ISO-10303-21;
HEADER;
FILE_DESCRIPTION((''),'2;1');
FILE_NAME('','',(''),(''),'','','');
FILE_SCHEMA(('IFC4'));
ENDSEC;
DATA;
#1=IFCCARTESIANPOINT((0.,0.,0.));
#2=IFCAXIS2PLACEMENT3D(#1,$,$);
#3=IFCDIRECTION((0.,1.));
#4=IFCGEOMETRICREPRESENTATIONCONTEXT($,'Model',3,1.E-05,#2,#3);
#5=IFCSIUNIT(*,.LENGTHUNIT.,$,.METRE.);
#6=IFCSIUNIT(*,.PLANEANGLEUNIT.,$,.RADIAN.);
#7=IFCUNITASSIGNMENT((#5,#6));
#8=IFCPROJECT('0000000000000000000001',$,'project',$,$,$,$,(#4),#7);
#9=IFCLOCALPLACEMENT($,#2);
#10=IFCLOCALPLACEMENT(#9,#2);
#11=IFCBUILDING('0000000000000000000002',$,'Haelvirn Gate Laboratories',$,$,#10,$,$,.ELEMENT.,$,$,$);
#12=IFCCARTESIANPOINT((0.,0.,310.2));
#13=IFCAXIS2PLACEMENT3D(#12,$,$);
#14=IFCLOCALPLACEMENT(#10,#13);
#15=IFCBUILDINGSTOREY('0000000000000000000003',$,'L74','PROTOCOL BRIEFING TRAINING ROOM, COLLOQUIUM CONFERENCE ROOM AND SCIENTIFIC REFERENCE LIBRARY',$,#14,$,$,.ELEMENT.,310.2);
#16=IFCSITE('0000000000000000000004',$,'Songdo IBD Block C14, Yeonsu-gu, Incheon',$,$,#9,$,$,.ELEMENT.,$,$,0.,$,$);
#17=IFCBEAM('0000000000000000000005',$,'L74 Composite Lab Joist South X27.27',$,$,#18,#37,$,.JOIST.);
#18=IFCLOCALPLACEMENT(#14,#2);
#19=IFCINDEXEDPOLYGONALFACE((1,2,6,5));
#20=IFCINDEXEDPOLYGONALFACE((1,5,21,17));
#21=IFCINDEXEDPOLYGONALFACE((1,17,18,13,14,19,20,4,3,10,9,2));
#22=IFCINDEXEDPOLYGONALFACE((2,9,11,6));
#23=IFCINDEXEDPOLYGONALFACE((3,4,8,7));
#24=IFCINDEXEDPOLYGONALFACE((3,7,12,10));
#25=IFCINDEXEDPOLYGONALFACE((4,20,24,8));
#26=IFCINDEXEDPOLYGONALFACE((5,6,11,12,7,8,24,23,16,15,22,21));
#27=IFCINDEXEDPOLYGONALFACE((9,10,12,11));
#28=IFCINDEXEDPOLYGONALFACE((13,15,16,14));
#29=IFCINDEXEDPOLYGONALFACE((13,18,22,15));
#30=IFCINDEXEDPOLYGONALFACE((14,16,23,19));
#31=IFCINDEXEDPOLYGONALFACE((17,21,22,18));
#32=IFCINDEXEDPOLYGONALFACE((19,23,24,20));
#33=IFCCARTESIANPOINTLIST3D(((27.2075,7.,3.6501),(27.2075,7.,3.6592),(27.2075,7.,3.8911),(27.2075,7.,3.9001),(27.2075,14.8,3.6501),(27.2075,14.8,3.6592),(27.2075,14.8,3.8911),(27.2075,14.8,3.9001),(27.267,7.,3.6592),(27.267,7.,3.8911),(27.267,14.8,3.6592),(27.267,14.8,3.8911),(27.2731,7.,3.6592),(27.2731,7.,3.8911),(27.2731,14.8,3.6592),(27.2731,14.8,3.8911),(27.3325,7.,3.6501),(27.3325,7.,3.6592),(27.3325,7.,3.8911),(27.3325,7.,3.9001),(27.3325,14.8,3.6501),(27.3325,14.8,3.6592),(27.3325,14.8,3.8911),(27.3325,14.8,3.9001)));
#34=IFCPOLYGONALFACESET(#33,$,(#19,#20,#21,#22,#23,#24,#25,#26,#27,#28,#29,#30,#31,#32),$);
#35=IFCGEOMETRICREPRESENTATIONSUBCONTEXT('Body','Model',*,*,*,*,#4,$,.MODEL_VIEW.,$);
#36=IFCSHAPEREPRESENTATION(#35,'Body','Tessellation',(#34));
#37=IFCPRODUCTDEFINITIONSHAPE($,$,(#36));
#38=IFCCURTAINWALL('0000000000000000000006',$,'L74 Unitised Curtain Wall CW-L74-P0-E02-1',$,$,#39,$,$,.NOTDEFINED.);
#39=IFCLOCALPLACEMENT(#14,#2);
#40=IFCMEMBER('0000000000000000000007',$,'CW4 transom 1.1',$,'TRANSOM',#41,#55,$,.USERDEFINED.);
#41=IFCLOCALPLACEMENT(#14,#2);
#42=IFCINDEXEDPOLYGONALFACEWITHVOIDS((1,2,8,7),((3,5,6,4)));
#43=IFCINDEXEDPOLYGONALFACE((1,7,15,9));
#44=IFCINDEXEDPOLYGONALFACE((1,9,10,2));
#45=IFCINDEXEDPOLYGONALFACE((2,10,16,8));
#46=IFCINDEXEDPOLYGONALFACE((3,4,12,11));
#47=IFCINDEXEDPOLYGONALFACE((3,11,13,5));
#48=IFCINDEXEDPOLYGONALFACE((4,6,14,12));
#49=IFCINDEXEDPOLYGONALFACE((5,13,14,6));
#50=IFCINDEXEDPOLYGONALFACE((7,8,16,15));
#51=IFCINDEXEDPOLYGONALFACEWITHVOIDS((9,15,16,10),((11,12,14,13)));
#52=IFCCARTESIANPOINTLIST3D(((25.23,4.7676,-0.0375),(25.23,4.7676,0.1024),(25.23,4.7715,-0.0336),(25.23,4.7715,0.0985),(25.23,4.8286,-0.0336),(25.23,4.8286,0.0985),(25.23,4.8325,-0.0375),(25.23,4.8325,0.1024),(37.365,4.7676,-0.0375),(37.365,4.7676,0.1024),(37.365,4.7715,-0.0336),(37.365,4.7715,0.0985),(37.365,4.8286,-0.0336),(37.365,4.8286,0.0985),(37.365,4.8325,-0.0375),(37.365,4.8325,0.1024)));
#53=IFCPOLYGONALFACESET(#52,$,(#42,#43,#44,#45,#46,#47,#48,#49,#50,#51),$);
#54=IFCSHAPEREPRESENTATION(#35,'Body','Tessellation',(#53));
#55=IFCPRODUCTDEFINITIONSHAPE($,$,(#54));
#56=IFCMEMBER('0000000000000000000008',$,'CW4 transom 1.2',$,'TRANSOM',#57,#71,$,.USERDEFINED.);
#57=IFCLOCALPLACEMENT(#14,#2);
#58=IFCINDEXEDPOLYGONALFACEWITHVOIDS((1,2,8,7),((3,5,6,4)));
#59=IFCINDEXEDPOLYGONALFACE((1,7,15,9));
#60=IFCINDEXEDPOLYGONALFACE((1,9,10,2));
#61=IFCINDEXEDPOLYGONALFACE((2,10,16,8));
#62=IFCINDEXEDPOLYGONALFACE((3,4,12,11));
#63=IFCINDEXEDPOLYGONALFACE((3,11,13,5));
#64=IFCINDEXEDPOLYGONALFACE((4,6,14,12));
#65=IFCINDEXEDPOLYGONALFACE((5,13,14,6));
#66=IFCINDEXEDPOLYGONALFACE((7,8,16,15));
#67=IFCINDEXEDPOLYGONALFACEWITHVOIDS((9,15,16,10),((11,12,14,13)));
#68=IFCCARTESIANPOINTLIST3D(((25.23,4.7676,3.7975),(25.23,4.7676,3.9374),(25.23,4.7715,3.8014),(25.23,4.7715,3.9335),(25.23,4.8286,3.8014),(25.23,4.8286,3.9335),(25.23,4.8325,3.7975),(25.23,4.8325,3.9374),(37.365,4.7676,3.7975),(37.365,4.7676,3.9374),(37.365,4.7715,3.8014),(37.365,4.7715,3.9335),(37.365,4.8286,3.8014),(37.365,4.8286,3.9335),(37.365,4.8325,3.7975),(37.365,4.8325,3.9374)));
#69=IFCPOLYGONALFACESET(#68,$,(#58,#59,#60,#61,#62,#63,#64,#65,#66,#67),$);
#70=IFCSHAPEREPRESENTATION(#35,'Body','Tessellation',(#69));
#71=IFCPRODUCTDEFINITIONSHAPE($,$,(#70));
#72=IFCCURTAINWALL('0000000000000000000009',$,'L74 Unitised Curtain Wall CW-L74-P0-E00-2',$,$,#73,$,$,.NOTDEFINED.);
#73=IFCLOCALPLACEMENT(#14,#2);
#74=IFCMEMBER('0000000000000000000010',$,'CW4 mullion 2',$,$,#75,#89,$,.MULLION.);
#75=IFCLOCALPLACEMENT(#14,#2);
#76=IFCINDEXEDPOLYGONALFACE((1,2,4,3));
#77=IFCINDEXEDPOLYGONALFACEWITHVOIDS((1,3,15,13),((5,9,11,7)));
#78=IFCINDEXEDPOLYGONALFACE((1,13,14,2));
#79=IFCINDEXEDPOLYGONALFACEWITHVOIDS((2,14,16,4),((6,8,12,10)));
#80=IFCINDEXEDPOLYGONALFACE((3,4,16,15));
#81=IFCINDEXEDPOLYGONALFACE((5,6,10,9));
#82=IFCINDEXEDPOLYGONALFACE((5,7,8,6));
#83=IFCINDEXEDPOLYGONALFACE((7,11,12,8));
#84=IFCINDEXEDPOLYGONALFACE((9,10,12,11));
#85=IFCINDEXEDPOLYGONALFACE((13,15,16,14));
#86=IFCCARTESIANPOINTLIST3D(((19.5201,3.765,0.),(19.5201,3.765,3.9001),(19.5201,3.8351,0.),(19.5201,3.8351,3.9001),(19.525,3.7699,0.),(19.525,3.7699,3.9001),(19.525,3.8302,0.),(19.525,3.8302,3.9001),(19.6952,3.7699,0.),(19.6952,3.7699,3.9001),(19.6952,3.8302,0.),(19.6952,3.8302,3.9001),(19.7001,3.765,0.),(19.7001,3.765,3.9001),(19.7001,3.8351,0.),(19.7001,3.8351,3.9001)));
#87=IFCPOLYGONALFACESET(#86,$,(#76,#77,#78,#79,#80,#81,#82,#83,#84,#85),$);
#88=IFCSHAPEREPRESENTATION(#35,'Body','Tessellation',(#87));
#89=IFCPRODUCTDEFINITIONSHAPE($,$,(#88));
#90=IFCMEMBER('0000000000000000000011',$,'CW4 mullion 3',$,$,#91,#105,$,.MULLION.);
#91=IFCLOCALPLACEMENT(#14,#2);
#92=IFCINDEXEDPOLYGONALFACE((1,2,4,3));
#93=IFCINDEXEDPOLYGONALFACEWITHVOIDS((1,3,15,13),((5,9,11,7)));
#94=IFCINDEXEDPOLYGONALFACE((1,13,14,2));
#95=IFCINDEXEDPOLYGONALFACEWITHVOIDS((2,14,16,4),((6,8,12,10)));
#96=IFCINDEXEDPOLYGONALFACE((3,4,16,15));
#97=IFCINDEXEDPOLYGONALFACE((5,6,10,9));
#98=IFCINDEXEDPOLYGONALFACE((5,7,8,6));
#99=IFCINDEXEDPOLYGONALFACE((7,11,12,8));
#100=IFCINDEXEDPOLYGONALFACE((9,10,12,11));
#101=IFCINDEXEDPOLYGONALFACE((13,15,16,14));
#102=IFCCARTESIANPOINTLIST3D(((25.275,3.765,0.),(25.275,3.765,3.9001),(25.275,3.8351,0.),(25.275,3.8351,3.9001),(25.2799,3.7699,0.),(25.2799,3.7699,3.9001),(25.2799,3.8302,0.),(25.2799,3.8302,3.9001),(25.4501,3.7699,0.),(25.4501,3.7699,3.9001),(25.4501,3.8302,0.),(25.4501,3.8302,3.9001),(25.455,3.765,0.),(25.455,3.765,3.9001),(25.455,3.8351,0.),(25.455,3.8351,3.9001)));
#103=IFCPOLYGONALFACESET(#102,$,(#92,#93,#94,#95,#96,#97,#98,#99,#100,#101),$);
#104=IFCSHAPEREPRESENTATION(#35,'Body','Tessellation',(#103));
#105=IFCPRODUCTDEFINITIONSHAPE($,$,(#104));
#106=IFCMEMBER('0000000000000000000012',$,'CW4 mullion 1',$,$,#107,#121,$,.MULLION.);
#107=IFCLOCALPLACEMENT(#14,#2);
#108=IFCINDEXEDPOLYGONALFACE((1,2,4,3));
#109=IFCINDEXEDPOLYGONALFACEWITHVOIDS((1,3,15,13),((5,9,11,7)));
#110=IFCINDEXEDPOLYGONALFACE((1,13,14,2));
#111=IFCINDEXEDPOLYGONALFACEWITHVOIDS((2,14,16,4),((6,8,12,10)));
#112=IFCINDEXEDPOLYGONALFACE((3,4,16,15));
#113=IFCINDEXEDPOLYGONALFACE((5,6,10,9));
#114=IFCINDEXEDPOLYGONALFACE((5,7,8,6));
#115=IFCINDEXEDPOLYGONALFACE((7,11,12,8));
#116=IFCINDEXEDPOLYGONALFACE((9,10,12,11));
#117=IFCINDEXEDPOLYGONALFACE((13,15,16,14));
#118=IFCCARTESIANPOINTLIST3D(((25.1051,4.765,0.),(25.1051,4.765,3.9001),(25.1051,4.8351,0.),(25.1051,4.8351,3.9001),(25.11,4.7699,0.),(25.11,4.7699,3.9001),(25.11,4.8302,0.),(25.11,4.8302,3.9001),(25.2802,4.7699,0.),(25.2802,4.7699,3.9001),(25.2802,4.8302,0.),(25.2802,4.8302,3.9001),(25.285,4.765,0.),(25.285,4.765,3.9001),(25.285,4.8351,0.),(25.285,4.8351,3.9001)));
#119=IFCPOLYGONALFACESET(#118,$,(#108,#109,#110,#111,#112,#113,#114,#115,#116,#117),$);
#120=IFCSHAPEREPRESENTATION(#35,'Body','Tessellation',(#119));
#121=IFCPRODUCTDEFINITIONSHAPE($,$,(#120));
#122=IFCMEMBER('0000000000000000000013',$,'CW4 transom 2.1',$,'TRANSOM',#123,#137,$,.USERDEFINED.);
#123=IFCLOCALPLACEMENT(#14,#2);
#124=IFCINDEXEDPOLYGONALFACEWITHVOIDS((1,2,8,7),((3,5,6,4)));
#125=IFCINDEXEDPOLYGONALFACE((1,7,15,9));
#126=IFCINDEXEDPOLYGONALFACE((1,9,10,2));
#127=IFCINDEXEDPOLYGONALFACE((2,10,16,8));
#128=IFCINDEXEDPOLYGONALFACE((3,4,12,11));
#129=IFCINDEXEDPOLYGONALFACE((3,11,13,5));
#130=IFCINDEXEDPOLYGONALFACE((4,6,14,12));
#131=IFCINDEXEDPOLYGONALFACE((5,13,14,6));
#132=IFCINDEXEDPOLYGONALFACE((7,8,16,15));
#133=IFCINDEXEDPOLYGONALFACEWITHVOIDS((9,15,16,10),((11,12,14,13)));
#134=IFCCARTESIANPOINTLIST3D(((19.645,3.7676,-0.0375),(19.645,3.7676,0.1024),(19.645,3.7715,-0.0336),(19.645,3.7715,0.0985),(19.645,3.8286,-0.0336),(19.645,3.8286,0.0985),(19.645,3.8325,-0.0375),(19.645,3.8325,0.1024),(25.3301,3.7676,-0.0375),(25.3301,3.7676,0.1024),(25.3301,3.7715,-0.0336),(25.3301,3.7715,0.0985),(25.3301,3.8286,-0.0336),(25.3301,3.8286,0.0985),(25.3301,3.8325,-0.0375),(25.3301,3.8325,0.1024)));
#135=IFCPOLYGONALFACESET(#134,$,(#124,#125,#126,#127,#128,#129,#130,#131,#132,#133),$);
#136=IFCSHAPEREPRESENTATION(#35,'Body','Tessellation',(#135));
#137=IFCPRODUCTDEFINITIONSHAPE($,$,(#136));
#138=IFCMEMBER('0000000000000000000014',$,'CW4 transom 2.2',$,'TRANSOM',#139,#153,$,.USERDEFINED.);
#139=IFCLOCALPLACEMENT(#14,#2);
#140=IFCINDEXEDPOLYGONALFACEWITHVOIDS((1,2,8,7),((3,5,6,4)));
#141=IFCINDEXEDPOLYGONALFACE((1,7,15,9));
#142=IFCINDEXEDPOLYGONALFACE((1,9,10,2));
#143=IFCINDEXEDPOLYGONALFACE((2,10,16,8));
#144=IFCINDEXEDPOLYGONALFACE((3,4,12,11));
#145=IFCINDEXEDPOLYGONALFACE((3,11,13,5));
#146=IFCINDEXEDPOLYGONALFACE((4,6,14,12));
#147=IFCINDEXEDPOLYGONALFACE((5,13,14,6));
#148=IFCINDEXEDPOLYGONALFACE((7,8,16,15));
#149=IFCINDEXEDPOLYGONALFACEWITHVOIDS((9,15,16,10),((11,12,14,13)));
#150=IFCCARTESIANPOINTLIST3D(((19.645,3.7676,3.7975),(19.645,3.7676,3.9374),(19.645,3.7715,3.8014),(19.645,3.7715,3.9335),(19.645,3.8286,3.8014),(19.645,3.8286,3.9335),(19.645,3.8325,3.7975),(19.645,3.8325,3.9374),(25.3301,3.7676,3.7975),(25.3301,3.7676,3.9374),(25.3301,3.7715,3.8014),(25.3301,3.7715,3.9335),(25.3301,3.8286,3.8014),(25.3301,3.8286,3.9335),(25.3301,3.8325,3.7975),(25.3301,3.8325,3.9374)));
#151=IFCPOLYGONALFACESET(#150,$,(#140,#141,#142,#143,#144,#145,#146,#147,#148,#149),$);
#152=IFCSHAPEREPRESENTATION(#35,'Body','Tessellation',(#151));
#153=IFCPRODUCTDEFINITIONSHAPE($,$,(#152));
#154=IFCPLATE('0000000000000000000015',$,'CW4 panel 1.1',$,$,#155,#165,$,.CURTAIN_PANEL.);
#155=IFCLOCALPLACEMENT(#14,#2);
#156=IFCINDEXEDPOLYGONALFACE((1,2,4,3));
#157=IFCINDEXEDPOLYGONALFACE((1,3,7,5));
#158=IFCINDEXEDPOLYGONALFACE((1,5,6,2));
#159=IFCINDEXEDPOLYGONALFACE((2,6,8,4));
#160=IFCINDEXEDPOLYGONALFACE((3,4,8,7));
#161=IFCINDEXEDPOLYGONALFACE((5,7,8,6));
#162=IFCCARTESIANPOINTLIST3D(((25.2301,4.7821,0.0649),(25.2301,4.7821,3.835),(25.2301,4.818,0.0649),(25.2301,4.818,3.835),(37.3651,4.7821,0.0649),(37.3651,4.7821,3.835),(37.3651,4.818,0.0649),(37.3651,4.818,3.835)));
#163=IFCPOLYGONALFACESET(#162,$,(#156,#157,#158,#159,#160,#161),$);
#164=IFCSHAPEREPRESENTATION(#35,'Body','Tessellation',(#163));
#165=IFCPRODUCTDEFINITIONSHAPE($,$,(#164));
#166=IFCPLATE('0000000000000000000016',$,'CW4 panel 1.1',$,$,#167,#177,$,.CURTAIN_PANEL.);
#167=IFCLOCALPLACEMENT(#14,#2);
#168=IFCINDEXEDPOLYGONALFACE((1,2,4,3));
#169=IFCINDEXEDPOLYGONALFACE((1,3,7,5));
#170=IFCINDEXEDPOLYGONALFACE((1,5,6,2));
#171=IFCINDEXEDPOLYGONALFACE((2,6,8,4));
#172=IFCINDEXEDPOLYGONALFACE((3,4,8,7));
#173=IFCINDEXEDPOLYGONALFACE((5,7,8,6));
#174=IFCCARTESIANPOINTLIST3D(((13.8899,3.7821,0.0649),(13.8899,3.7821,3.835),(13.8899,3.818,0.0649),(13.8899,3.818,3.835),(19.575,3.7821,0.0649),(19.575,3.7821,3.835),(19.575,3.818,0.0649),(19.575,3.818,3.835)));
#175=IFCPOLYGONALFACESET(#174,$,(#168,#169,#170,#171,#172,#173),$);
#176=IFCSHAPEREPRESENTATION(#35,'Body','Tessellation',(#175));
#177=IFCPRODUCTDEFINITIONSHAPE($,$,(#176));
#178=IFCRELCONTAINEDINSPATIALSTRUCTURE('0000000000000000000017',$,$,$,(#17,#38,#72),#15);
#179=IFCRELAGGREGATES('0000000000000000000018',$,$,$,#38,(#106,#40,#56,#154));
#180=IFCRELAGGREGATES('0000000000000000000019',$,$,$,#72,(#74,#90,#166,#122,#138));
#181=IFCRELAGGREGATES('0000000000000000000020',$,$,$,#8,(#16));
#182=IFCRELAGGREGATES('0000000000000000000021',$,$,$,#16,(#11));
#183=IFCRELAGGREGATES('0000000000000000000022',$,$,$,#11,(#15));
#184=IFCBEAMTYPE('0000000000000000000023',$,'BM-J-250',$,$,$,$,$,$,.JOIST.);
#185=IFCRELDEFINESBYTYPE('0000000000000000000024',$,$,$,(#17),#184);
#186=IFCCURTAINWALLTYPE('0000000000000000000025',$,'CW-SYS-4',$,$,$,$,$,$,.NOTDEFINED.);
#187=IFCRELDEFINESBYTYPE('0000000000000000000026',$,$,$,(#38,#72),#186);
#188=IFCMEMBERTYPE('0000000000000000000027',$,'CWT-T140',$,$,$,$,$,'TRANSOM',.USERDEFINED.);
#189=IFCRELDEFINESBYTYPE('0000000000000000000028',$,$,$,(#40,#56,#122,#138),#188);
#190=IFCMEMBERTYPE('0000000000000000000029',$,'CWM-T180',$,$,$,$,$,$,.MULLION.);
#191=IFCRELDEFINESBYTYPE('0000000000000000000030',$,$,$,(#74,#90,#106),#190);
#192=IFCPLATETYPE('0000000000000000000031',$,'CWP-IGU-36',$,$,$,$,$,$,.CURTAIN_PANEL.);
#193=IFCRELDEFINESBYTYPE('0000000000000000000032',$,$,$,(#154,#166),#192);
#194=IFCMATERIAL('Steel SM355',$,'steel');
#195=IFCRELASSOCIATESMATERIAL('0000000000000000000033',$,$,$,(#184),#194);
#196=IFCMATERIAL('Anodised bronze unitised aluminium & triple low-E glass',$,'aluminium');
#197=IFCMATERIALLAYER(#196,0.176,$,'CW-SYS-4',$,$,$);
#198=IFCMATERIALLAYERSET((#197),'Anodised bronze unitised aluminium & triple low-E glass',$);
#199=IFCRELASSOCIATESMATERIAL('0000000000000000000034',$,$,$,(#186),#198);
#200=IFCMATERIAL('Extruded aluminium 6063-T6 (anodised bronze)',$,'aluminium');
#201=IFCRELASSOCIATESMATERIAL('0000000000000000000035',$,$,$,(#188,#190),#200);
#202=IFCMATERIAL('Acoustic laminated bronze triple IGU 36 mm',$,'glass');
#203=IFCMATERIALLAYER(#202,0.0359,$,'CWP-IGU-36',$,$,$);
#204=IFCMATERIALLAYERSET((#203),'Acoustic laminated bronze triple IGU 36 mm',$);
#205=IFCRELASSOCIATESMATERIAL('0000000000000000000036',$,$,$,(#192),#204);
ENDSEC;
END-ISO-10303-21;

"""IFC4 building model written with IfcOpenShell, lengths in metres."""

from ifc_helpers import new_model, si_unit, direction, frame, origin, origin_2d, place, context, subcontext, project, spatial, rectangle, hollow_rectangle, i_section, extrude, source, transform, mapped, material, layer, layer_set, material_profile, profile_set, type_object, type_shapes, element, aggregate, save


model = new_model("IFC4")

# Units and contexts
model_context = context("Model", 3, precision=1e-05, world=origin(), true_north=direction((0.0, 1.0)))
body_context = subcontext(model_context, "Body", "Model", "MODEL_VIEW")
ifc_project = project(units=[si_unit("LENGTHUNIT", "METRE"), si_unit("PLANEANGLEUNIT", "RADIAN")], contexts=[model_context])

# Site, building, storey
site_placement = place(None, origin())
site = spatial("IfcSite", under=ifc_project, at=site_placement, Name="Songdo IBD Block C14, Yeonsu-gu, Incheon", CompositionType="ELEMENT", RefElevation=0.0)
building_placement = place(site_placement, origin())
building = spatial("IfcBuilding", under=site, at=building_placement, Name="Haelvirn Gate Laboratories", CompositionType="ELEMENT")
storey_placement = place(building_placement, frame((0.0, 0.0, 310.2)))
storey = spatial("IfcBuildingStorey", under=building, at=storey_placement, Name="L74", Description="PROTOCOL BRIEFING TRAINING ROOM, COLLOQUIUM CONFERENCE ROOM AND SCIENTIFIC REFERENCE LIBRARY", CompositionType="ELEMENT", Elevation=310.2)

# Shared definitions
ifc_material_1 = material(Name="Steel SM355", Category="steel")

# Beam
ifc_material_profile_1 = material_profile(ifc_material_1, i_section(OverallWidth=0.125, OverallDepth=0.25, WebThickness=0.0061, FlangeThickness=0.009, at=origin_2d()), Name="H-250x125x6x9")
ifc_profile_set_1 = profile_set([ifc_material_profile_1], Name="Steel SM355")
beam_type_1 = type_object("IfcBeamType", Name="BM-J-250", PredefinedType="JOIST", material=ifc_profile_set_1)
shared_shape_1 = source(origin(), body_context, "Body", "SweptSolid", [
    extrude(i_section(OverallWidth=0.125, OverallDepth=0.25, WebThickness=0.0061, FlangeThickness=0.009, at=origin_2d()), origin(), (0.0, 0.0, 1.0), 7.8),
])
type_shapes(beam_type_1, [shared_shape_1])
for number, where, z_axis, x_axis, name in (
    (1, (27.27, 7.0, 3.7751), (0.0, 1.0, 0.0), (-1.0, 0.0, 0.0), "L74 Composite Lab Joist South X27.27"),
):
    element("IfcBeam", number, at=place(storey_placement, frame(where, z_axis=z_axis, x_axis=x_axis)), inside=storey, type_object=beam_type_1, Name=name, PredefinedType="JOIST", context=body_context, shape_type="MappedRepresentation", body=[
        mapped(shared_shape_1, transform((0.0, 0.0, 0.0), scale=1.0)),
    ])

# Curtain walls, members
ifc_material_2 = material(Name="Anodised bronze unitised aluminium & triple low-E glass", Category="aluminium")
ifc_layer_1 = layer(ifc_material_2, 0.176, Name="CW-SYS-4")
ifc_layer_set_1 = layer_set([ifc_layer_1], Name="Anodised bronze unitised aluminium & triple low-E glass")
curtain_wall_type = type_object("IfcCurtainWallType", Name="CW-SYS-4", PredefinedType="NOTDEFINED", material=ifc_layer_set_1)
curtain_wall_1_placement = place(storey_placement, origin())
curtain_wall_1 = element("IfcCurtainWall", 2, at=curtain_wall_1_placement, inside=storey, type_object=curtain_wall_type, Name="L74 Unitised Curtain Wall CW-L74-P0-E02-1", PredefinedType="NOTDEFINED")
ifc_material_3 = material(Name="Extruded aluminium 6063-T6 (anodised bronze)", Category="aluminium")
ifc_material_profile_2 = material_profile(ifc_material_3, hollow_rectangle(XDim=0.0649, YDim=0.1399, WallThickness=0.0039, at=origin_2d()), Name="CWT-140x65x4")
ifc_profile_set_2 = profile_set([ifc_material_profile_2], Name="Extruded aluminium 6063-T6 (anodised bronze)")
member_type_1 = type_object("IfcMemberType", Name="CWT-T140", ElementType="TRANSOM", PredefinedType="USERDEFINED", material=ifc_profile_set_2)
shared_shape_2 = source(origin(), body_context, "Body", "SweptSolid", [
    extrude(hollow_rectangle(XDim=0.0649, YDim=0.1399, WallThickness=0.0039, at=origin_2d()), origin(), (0.0, 0.0, 1.0), 12.135),
])
member_1_placement = place(storey_placement, frame((25.23, 4.8, 0.0325), z_axis=(1.0, 0.0, 0.0), x_axis=(0.0, 1.0, 0.0)))
member_1 = element("IfcMember", 3, at=member_1_placement, type_object=member_type_1, Name="CW4 transom 1.1", ObjectType="TRANSOM", PredefinedType="USERDEFINED", context=body_context, shape_type="MappedRepresentation", body=[
    mapped(shared_shape_2, transform((0.0, 0.0, 0.0), scale=1.0)),
])
member_2_placement = place(storey_placement, frame((25.23, 4.8, 3.8674), z_axis=(1.0, 0.0, 0.0), x_axis=(0.0, 1.0, 0.0)))
member_2 = element("IfcMember", 4, at=member_2_placement, type_object=member_type_1, Name="CW4 transom 1.2", ObjectType="TRANSOM", PredefinedType="USERDEFINED", context=body_context, shape_type="MappedRepresentation", body=[
    mapped(shared_shape_2, transform((0.0, 0.0, 0.0), scale=1.0)),
])
curtain_wall_2_placement = place(storey_placement, origin())
curtain_wall_2 = element("IfcCurtainWall", 5, at=curtain_wall_2_placement, inside=storey, type_object=curtain_wall_type, Name="L74 Unitised Curtain Wall CW-L74-P0-E00-2", PredefinedType="NOTDEFINED")
ifc_material_profile_3 = material_profile(ifc_material_3, hollow_rectangle(XDim=0.0701, YDim=0.1799, WallThickness=0.0049, at=origin_2d()), Name="CWM-180x70x5")
ifc_profile_set_3 = profile_set([ifc_material_profile_3], Name="Extruded aluminium 6063-T6 (anodised bronze)")
member_type_2 = type_object("IfcMemberType", Name="CWM-T180", PredefinedType="MULLION", material=ifc_profile_set_3)
shared_shape_3 = source(origin(), body_context, "Body", "SweptSolid", [
    extrude(hollow_rectangle(XDim=0.0701, YDim=0.1799, WallThickness=0.0049, at=origin_2d()), origin(), (0.0, 0.0, 1.0), 3.9001),
])
type_shapes(member_type_2, [shared_shape_3])
member_3_placement = place(storey_placement, frame((19.6101, 3.8, 0.0), z_axis=(0.0, 0.0, 1.0), x_axis=(0.0, 1.0, 0.0)))
member_3 = element("IfcMember", 6, at=member_3_placement, type_object=member_type_2, Name="CW4 mullion 2", PredefinedType="MULLION", context=body_context, shape_type="MappedRepresentation", body=[
    mapped(shared_shape_3, transform((0.0, 0.0, 0.0), scale=1.0)),
])
member_4_placement = place(storey_placement, frame((25.365, 3.8, 0.0), z_axis=(0.0, 0.0, 1.0), x_axis=(0.0, 1.0, 0.0)))
member_4 = element("IfcMember", 7, at=member_4_placement, type_object=member_type_2, Name="CW4 mullion 3", PredefinedType="MULLION", context=body_context, shape_type="MappedRepresentation", body=[
    mapped(shared_shape_3, transform((0.0, 0.0, 0.0), scale=1.0)),
])

# Members
member_5_placement = place(storey_placement, frame((25.1951, 4.8, 0.0), z_axis=(0.0, 0.0, 1.0), x_axis=(0.0, 1.0, 0.0)))
member_5 = element("IfcMember", 8, at=member_5_placement, type_object=member_type_2, Name="CW4 mullion 1", PredefinedType="MULLION", context=body_context, shape_type="MappedRepresentation", body=[
    mapped(shared_shape_3, transform((0.0, 0.0, 0.0), scale=1.0)),
])
shared_shape_4 = source(origin(), body_context, "Body", "SweptSolid", [
    extrude(hollow_rectangle(XDim=0.0649, YDim=0.1399, WallThickness=0.0039, at=origin_2d()), origin(), (0.0, 0.0, 1.0), 5.6851),
])
type_shapes(member_type_1, [shared_shape_2, shared_shape_4])
member_6_placement = place(storey_placement, frame((19.645, 3.8, 0.0325), z_axis=(1.0, 0.0, 0.0), x_axis=(0.0, 1.0, 0.0)))
member_6 = element("IfcMember", 9, at=member_6_placement, type_object=member_type_1, Name="CW4 transom 2.1", ObjectType="TRANSOM", PredefinedType="USERDEFINED", context=body_context, shape_type="MappedRepresentation", body=[
    mapped(shared_shape_4, transform((0.0, 0.0, 0.0), scale=1.0)),
])
member_7_placement = place(storey_placement, frame((19.645, 3.8, 3.8674), z_axis=(1.0, 0.0, 0.0), x_axis=(0.0, 1.0, 0.0)))
member_7 = element("IfcMember", 10, at=member_7_placement, type_object=member_type_1, Name="CW4 transom 2.2", ObjectType="TRANSOM", PredefinedType="USERDEFINED", context=body_context, shape_type="MappedRepresentation", body=[
    mapped(shared_shape_4, transform((0.0, 0.0, 0.0), scale=1.0)),
])

# Plates
ifc_material_4 = material(Name="Acoustic laminated bronze triple IGU 36 mm", Category="glass")
ifc_layer_2 = layer(ifc_material_4, 0.0359, Name="CWP-IGU-36")
ifc_layer_set_2 = layer_set([ifc_layer_2], Name="Acoustic laminated bronze triple IGU 36 mm")
plate_type = type_object("IfcPlateType", Name="CWP-IGU-36", PredefinedType="CURTAIN_PANEL", material=ifc_layer_set_2)
shared_shape_5 = source(origin(), body_context, "Body", "SweptSolid", [
    extrude(rectangle(XDim=12.135, YDim=0.0359, at=origin_2d()), origin(), (0.0, 0.0, 1.0), 3.77),
])
plate_1_placement = place(storey_placement, frame((31.2976, 4.8, 0.0649), z_axis=(0.0, 0.0, 1.0), x_axis=(1.0, 0.0, 0.0)))
plate_1 = element("IfcPlate", 11, at=plate_1_placement, type_object=plate_type, Name="CW4 panel 1.1", PredefinedType="CURTAIN_PANEL", context=body_context, shape_type="MappedRepresentation", body=[
    mapped(shared_shape_5, transform((0.0, 0.0, 0.0), scale=1.0)),
])
aggregate(curtain_wall_1, [member_5, member_1, member_2, plate_1])
shared_shape_6 = source(origin(), body_context, "Body", "SweptSolid", [
    extrude(rectangle(XDim=5.6851, YDim=0.0359, at=origin_2d()), origin(), (0.0, 0.0, 1.0), 3.77),
])
type_shapes(plate_type, [shared_shape_5, shared_shape_6])
plate_2_placement = place(storey_placement, frame((16.7324, 3.8, 0.0649), z_axis=(0.0, 0.0, 1.0), x_axis=(1.0, 0.0, 0.0)))
plate_2 = element("IfcPlate", 12, at=plate_2_placement, type_object=plate_type, Name="CW4 panel 1.1", PredefinedType="CURTAIN_PANEL", context=body_context, shape_type="MappedRepresentation", body=[
    mapped(shared_shape_6, transform((0.0, 0.0, 0.0), scale=1.0)),
])
aggregate(curtain_wall_2, [member_3, member_4, plate_2, member_6, member_7])

save(model, "model.ifc")
